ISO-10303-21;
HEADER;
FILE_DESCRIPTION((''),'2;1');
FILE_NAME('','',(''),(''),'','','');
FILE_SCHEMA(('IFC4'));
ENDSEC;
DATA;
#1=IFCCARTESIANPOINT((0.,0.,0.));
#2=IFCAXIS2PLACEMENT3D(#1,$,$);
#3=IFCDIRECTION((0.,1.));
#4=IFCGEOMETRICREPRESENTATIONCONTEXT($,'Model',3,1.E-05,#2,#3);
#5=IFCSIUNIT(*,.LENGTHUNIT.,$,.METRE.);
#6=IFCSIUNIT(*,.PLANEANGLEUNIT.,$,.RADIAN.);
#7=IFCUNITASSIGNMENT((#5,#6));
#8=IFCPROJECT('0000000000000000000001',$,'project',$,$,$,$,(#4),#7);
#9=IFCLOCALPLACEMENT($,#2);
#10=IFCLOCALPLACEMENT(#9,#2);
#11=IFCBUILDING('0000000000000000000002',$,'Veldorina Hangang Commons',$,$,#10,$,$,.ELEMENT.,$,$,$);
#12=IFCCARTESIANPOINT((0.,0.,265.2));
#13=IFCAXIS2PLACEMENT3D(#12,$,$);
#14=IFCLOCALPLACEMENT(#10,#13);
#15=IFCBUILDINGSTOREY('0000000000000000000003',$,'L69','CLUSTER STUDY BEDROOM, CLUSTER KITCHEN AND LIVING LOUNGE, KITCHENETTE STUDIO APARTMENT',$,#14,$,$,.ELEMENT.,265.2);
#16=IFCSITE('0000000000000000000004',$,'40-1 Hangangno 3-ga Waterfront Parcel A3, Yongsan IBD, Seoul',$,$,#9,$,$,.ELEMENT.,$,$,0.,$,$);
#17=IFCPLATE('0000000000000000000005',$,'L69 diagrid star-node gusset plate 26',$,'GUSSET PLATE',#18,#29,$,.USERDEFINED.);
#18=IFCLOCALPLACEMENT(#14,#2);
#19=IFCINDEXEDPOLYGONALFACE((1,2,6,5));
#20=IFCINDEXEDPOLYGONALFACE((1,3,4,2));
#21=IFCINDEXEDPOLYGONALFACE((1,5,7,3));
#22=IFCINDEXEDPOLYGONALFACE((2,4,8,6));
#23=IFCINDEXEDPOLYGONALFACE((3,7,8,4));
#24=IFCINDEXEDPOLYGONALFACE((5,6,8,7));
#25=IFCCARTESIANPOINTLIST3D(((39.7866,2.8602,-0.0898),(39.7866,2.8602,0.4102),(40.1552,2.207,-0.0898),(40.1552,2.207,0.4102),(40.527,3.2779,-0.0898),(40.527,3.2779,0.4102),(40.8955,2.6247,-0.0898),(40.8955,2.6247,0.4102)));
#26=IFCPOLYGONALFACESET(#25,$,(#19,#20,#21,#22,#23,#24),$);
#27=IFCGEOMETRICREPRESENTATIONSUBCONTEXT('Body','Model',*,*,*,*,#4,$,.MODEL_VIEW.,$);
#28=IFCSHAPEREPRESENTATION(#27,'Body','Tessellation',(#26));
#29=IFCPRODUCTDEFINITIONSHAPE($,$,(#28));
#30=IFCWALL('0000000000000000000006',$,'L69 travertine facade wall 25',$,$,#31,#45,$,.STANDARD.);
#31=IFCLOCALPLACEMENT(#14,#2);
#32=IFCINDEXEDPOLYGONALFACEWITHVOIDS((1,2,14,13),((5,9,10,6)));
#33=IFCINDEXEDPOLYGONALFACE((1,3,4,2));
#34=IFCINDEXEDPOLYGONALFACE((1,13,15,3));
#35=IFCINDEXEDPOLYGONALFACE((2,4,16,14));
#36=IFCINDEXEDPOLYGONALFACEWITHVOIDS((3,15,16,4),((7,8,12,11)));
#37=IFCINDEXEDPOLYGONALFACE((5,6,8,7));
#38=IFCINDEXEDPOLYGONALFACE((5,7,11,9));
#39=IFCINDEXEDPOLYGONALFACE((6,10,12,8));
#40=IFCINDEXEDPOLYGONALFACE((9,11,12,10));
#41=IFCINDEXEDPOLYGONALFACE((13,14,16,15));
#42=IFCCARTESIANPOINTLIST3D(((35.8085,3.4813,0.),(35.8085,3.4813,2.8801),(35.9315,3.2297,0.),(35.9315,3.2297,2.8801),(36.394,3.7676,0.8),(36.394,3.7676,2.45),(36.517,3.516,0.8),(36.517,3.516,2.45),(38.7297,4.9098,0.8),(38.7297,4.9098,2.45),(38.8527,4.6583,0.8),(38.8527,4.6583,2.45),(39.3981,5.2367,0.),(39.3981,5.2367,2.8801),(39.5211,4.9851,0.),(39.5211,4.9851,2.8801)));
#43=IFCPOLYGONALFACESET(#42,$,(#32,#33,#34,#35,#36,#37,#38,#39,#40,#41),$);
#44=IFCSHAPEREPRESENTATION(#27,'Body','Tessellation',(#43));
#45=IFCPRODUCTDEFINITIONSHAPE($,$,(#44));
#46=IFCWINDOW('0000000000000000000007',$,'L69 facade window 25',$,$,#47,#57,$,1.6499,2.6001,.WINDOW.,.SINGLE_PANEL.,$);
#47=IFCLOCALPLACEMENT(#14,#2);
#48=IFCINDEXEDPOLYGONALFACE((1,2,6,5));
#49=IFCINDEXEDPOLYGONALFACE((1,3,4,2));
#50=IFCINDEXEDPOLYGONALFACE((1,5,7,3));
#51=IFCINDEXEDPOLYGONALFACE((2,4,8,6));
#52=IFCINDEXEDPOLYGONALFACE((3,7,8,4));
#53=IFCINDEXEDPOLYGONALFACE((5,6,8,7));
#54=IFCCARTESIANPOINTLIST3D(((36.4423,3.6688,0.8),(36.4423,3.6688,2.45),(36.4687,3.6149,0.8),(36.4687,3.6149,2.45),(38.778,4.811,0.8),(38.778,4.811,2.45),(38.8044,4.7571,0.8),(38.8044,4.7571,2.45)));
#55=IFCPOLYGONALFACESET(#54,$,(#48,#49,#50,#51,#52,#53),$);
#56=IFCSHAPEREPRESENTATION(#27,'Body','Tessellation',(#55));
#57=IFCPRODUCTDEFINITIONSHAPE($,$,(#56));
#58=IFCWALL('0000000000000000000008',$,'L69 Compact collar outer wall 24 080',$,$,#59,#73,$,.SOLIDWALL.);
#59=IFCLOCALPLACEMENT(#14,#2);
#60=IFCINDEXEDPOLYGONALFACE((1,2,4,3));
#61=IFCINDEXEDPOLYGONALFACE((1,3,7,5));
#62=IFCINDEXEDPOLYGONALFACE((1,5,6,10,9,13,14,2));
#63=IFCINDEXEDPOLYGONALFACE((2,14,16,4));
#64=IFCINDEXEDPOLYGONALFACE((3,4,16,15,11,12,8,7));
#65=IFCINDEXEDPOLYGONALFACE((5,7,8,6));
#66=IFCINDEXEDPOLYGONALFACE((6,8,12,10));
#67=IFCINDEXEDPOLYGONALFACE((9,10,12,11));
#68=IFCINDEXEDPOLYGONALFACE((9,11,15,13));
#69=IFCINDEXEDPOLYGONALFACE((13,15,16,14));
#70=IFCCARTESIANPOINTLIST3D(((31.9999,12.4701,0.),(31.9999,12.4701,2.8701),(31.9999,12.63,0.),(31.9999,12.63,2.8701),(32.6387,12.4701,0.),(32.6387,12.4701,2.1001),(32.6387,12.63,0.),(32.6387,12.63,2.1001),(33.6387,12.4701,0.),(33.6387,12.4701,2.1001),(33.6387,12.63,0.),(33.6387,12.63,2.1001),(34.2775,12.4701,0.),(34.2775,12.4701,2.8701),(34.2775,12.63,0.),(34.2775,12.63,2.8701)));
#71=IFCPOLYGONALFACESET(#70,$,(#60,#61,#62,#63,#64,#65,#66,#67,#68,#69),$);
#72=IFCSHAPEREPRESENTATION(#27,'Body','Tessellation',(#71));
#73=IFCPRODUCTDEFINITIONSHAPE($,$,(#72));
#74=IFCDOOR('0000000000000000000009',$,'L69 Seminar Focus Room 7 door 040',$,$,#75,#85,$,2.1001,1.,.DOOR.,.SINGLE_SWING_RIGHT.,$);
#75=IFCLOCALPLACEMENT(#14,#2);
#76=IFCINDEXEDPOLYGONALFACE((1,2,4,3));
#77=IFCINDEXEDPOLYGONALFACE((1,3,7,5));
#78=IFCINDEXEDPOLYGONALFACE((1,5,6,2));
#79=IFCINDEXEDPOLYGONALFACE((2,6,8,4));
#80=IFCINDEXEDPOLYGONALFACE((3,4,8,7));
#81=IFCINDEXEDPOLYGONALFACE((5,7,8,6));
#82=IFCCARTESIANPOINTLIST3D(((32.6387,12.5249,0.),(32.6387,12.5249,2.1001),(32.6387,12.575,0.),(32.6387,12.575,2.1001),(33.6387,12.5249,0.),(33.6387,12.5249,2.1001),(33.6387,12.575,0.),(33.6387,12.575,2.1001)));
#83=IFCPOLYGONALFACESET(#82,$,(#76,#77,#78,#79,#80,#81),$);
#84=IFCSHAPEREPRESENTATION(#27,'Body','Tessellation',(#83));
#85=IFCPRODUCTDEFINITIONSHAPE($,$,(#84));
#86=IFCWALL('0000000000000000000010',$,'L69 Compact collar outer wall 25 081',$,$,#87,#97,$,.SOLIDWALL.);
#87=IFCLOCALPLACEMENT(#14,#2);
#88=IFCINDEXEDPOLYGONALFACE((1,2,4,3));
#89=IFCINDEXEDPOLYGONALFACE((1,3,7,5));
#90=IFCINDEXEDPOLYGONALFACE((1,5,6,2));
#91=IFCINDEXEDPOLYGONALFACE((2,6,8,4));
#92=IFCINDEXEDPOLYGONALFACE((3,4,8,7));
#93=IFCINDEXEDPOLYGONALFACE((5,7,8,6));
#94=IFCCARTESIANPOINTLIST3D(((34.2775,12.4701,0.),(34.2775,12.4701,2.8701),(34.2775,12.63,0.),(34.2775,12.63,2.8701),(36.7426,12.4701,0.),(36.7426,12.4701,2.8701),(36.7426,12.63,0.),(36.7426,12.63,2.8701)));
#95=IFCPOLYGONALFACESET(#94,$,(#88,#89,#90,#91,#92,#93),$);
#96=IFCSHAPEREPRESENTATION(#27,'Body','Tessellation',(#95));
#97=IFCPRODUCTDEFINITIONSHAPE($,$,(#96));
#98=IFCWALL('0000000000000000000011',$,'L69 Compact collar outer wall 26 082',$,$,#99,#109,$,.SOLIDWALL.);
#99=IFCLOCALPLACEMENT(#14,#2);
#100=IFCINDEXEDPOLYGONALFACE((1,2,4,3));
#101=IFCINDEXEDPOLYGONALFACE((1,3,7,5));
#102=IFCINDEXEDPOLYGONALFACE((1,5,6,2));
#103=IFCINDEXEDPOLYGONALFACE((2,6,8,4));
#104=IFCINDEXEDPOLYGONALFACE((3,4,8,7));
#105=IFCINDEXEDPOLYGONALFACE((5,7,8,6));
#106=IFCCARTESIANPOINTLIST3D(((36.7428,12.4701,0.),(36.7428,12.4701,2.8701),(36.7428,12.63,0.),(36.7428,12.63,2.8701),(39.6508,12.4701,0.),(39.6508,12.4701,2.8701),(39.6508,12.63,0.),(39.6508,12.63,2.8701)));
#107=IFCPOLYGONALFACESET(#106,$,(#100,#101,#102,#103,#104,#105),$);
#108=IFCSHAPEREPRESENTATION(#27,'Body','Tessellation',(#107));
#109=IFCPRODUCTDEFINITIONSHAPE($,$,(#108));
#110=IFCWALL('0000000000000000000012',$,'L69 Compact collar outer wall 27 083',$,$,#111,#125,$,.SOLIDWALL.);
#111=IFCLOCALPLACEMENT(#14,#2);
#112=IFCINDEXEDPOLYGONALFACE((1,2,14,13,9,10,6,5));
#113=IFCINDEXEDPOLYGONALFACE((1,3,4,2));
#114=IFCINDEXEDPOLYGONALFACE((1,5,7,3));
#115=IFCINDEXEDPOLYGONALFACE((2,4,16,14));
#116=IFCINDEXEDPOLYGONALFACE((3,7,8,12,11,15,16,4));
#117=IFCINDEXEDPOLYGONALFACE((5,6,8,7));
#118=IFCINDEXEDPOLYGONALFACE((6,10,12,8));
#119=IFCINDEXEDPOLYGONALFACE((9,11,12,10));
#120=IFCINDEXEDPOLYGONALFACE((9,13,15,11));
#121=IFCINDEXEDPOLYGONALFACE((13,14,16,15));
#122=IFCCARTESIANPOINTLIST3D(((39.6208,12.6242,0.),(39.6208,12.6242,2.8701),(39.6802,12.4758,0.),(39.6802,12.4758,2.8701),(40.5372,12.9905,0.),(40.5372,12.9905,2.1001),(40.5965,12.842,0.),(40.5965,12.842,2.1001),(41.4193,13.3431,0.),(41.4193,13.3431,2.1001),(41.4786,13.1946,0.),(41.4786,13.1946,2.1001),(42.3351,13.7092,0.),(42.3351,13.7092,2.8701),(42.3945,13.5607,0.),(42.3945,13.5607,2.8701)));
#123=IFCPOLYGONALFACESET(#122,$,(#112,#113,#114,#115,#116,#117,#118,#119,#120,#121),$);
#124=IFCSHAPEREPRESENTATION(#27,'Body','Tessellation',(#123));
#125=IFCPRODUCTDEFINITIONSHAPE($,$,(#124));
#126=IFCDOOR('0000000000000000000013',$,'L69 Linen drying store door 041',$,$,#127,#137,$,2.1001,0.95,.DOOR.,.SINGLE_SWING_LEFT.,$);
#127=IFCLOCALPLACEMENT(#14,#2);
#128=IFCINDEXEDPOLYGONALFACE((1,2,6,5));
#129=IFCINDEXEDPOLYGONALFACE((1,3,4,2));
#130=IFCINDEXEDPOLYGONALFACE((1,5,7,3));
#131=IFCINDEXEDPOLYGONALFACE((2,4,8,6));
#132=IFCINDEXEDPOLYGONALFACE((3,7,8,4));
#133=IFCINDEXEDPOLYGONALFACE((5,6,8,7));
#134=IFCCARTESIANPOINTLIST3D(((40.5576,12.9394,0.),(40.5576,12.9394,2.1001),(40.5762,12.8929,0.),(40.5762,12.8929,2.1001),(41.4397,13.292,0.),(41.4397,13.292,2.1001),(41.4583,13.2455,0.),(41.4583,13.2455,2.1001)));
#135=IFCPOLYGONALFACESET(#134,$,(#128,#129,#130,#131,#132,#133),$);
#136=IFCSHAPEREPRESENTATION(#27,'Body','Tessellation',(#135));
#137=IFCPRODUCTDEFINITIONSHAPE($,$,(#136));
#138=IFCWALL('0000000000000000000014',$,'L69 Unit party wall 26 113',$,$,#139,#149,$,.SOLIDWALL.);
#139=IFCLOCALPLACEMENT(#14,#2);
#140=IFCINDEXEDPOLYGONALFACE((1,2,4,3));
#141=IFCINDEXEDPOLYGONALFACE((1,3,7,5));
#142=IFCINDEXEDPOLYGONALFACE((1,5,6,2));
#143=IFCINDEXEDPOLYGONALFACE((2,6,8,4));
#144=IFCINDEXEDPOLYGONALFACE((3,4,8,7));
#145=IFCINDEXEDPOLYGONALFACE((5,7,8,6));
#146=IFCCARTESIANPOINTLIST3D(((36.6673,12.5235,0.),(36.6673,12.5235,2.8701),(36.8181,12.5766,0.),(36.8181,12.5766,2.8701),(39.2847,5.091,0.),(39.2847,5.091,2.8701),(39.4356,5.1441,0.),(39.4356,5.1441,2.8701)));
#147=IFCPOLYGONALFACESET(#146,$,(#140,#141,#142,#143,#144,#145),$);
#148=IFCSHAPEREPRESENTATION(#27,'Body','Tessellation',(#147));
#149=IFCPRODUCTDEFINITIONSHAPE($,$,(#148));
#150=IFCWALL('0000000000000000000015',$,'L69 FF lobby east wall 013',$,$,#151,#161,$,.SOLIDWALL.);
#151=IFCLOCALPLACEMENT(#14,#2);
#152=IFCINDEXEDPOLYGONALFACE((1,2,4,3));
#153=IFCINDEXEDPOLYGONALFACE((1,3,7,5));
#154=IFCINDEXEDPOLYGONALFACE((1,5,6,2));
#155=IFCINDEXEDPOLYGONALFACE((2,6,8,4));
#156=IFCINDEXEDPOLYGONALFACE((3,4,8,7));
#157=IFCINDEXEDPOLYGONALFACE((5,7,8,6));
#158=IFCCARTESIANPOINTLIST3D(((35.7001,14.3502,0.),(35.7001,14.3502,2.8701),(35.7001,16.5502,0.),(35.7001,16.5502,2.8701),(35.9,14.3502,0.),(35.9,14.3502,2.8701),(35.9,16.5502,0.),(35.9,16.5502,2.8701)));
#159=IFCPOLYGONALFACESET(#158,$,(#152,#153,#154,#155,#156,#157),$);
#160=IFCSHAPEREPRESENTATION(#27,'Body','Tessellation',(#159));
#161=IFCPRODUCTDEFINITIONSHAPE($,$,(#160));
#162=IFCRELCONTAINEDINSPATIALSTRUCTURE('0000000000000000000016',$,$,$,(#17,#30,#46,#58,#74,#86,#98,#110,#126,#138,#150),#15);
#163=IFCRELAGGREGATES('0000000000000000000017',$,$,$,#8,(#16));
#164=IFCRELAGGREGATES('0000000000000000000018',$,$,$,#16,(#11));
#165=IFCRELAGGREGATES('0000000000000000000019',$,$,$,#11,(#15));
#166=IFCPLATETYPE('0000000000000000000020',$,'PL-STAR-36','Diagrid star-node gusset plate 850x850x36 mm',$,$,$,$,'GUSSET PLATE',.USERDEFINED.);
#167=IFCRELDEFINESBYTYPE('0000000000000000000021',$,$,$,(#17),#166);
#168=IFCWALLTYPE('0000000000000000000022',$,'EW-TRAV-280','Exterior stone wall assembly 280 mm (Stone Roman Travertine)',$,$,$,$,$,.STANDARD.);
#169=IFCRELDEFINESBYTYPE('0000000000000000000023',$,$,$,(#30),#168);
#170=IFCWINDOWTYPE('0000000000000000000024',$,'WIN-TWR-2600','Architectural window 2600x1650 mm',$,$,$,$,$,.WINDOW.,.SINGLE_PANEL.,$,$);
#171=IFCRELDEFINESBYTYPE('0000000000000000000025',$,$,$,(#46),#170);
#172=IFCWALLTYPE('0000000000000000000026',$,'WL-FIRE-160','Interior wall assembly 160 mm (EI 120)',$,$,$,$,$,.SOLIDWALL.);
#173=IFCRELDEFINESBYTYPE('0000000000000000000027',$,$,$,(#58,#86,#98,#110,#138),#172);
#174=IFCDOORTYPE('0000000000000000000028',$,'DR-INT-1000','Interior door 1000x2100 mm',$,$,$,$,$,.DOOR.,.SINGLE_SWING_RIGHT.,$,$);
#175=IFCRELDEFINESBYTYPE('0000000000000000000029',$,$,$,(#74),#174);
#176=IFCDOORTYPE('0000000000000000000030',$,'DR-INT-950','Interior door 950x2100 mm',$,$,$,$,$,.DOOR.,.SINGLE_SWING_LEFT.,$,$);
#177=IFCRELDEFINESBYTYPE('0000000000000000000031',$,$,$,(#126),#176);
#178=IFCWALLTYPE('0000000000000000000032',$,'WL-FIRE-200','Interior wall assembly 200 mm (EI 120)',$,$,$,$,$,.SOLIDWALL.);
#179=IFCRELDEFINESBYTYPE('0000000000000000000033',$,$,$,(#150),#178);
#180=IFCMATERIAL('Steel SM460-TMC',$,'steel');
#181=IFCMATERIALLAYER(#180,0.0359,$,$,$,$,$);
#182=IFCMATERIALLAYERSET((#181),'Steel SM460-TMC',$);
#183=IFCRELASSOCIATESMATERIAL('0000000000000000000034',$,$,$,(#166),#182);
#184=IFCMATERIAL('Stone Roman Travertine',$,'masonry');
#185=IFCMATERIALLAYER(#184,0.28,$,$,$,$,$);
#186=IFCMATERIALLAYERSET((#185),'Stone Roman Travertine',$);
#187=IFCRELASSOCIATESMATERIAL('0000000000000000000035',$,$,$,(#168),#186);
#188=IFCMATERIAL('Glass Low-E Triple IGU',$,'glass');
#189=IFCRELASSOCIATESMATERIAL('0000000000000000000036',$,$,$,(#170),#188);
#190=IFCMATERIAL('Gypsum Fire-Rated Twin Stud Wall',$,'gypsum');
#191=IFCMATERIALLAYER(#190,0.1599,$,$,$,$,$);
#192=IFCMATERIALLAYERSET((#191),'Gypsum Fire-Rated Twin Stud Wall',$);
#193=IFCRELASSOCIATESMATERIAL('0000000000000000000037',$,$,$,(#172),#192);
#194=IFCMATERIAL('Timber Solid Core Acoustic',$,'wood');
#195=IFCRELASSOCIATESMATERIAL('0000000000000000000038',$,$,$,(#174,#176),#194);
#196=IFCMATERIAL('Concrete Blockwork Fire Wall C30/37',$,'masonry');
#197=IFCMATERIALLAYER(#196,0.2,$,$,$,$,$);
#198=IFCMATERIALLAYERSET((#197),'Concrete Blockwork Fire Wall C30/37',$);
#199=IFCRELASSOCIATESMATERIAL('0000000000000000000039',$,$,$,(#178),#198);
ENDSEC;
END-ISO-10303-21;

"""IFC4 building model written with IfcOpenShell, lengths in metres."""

from ifc_helpers import new_model, si_unit, direction, frame, frame_2d, origin, origin_2d, place, context, subcontext, project, spatial, rectangle, extrude, material, layer, layer_set, type_object, element, fill, save


model = new_model("IFC4")

# Units and contexts
model_context = context("Model", 3, precision=1e-05, world=origin(), true_north=direction((0.0, 1.0)))
body_context = subcontext(model_context, "Body", "Model", "MODEL_VIEW")
ifc_project = project(units=[si_unit("LENGTHUNIT", "METRE"), si_unit("PLANEANGLEUNIT", "RADIAN")], contexts=[model_context])

# Site, building, storey
site_placement = place(None, origin())
site = spatial("IfcSite", under=ifc_project, at=site_placement, Name="40-1 Hangangno 3-ga Waterfront Parcel A3, Yongsan IBD, Seoul", CompositionType="ELEMENT", RefElevation=0.0)
building_placement = place(site_placement, origin())
building = spatial("IfcBuilding", under=site, at=building_placement, Name="Veldorina Hangang Commons", CompositionType="ELEMENT")
storey_placement = place(building_placement, frame((0.0, 0.0, 265.2)))
storey = spatial("IfcBuildingStorey", under=building, at=storey_placement, Name="L69", Description="CLUSTER STUDY BEDROOM, CLUSTER KITCHEN AND LIVING LOUNGE, KITCHENETTE STUDIO APARTMENT", CompositionType="ELEMENT", Elevation=265.2)

# Shared definitions
ifc_material_1 = material(Name="Glass Low-E Triple IGU", Category="glass")

# Plate
ifc_material_2 = material(Name="Steel SM460-TMC", Category="steel")
ifc_layer_1 = layer(ifc_material_2, 0.0359)
ifc_layer_set_1 = layer_set([ifc_layer_1], Name="Steel SM460-TMC")
plate_type_1 = type_object("IfcPlateType", Name="PL-STAR-36", Description="Diagrid star-node gusset plate 850x850x36 mm", ElementType="GUSSET PLATE", PredefinedType="USERDEFINED", material=ifc_layer_set_1)
plate_1_placement = place(storey_placement, frame((40.3411, 2.7424, -0.0898), z_axis=(0.0, 0.0, 1.0), x_axis=(0.870931, 0.491405, 0.0)))
element("IfcPlate", 1, at=plate_1_placement, inside=storey, type_object=plate_type_1, Name="L69 diagrid star-node gusset plate 26", ObjectType="GUSSET PLATE", PredefinedType="USERDEFINED", context=body_context, shape_type="SweptSolid", body=[
    extrude(rectangle(XDim=0.8501, YDim=0.75, at=origin_2d()), origin(), (0.0, 0.0, 1.0), 0.5),
])

# Wall, opening, window
ifc_material_3 = material(Name="Stone Roman Travertine", Category="masonry")
ifc_layer_2 = layer(ifc_material_3, 0.28)
ifc_layer_set_2 = layer_set([ifc_layer_2], Name="Stone Roman Travertine")
wall_type_1 = type_object("IfcWallType", Name="EW-TRAV-280", Description="Exterior stone wall assembly 280 mm (Stone Roman Travertine)", PredefinedType="STANDARD", material=ifc_layer_set_2)
wall_1_placement = place(storey_placement, frame((35.8699, 3.3555, 0.0), z_axis=(0.0, 0.0, 1.0), x_axis=(0.898339, 0.439302, 0.0)))
wall_1 = element("IfcWall", 2, at=wall_1_placement, inside=storey, type_object=wall_type_1, Name="L69 travertine facade wall 25", PredefinedType="STANDARD", context=body_context, shape_type="SweptSolid", body=[
    extrude(rectangle(XDim=3.9958, YDim=0.28, at=frame_2d((1.998, 0.0))), origin(), (0.0, 0.0, 1.0), 2.8801),
])
opening_1_placement = place(wall_1_placement, frame((0.6519, 0.0, 0.8)))
opening_1 = element("IfcOpeningElement", 3, at=opening_1_placement, cuts=wall_1, PredefinedType="OPENING", context=body_context, shape_type="SweptSolid", body=[
    extrude(rectangle(XDim=2.6001, YDim=1.6499, at=frame_2d((1.3, 0.825))), frame((0.0, 0.1499, 0.0), z_axis=(0.0, -1.0, 0.0), x_axis=(1.0, 0.0, 0.0)), (0.0, 0.0, 1.0), 0.3),
])
window_type = type_object("IfcWindowType", Name="WIN-TWR-2600", Description="Architectural window 2600x1650 mm", PartitioningType="SINGLE_PANEL", PredefinedType="WINDOW", material=ifc_material_1)
window_placement = place(opening_1_placement, origin())
window = element("IfcWindow", 4, at=window_placement, inside=storey, type_object=window_type, Name="L69 facade window 25", OverallHeight=1.6499, OverallWidth=2.6001, PartitioningType="SINGLE_PANEL", PredefinedType="WINDOW", context=body_context, shape_type="SweptSolid", body=[
    extrude(rectangle(XDim=2.6001, YDim=1.6499, at=frame_2d((1.3, 0.825))), frame((0.0, 0.03, 0.0), z_axis=(0.0, -1.0, 0.0), x_axis=(1.0, 0.0, 0.0)), (0.0, 0.0, 1.0), 0.0601),
])
fill(opening_1, window)

# Wall, opening, door
ifc_material_4 = material(Name="Gypsum Fire-Rated Twin Stud Wall", Category="gypsum")
ifc_layer_3 = layer(ifc_material_4, 0.1599)
ifc_layer_set_3 = layer_set([ifc_layer_3], Name="Gypsum Fire-Rated Twin Stud Wall")
wall_type_2 = type_object("IfcWallType", Name="WL-FIRE-160", Description="Interior wall assembly 160 mm (EI 120)", PredefinedType="SOLIDWALL", material=ifc_layer_set_3)
wall_2_placement = place(storey_placement, frame((32.0, 12.55, 0.0), z_axis=(0.0, 0.0, 1.0), x_axis=(1.0, 0.0, 0.0)))
wall_2 = element("IfcWall", 5, at=wall_2_placement, inside=storey, type_object=wall_type_2, Name="L69 Compact collar outer wall 24 080", PredefinedType="SOLIDWALL", context=body_context, shape_type="SweptSolid", body=[
    extrude(rectangle(XDim=2.2776, YDim=0.1599, at=frame_2d((1.1387, 0.0))), origin(), (0.0, 0.0, 1.0), 2.8701),
])
opening_2_placement = place(wall_2_placement, frame((0.6387, 0.0, 0.0)))
opening_2 = element("IfcOpeningElement", 6, at=opening_2_placement, cuts=wall_2, PredefinedType="OPENING", context=body_context, shape_type="SweptSolid", body=[
    extrude(rectangle(XDim=1.0, YDim=2.1001, at=frame_2d((0.5, 1.05))), frame((0.0, 0.0898, 0.0), z_axis=(0.0, -1.0, 0.0), x_axis=(1.0, 0.0, 0.0)), (0.0, 0.0, 1.0), 0.1799),
])
ifc_material_5 = material(Name="Timber Solid Core Acoustic", Category="wood")
door_type_1 = type_object("IfcDoorType", Name="DR-INT-1000", Description="Interior door 1000x2100 mm", OperationType="SINGLE_SWING_RIGHT", PredefinedType="DOOR", material=ifc_material_5)
door_1_placement = place(opening_2_placement, origin())
door_1 = element("IfcDoor", 7, at=door_1_placement, inside=storey, type_object=door_type_1, Name="L69 Seminar Focus Room 7 door 040", OperationType="SINGLE_SWING_RIGHT", OverallHeight=2.1001, OverallWidth=1.0, PredefinedType="DOOR", context=body_context, shape_type="SweptSolid", body=[
    extrude(rectangle(XDim=1.0, YDim=2.1001, at=frame_2d((0.5, 1.05))), frame((0.0, 0.0249, 0.0), z_axis=(0.0, -1.0, 0.0), x_axis=(1.0, 0.0, 0.0)), (0.0, 0.0, 1.0), 0.05),
])
fill(opening_2, door_1)

# Walls
wall_3_placement = place(storey_placement, frame((34.2776, 12.55, 0.0), z_axis=(0.0, 0.0, 1.0), x_axis=(1.0, 0.0, 0.0)))
element("IfcWall", 8, at=wall_3_placement, inside=storey, type_object=wall_type_2, Name="L69 Compact collar outer wall 25 081", PredefinedType="SOLIDWALL", context=body_context, shape_type="SweptSolid", body=[
    extrude(rectangle(XDim=2.4651, YDim=0.1599, at=frame_2d((1.2324, 0.0))), origin(), (0.0, 0.0, 1.0), 2.8701),
])
wall_4_placement = place(storey_placement, frame((36.7427, 12.55, 0.0), z_axis=(0.0, 0.0, 1.0), x_axis=(1.0, 0.0, 0.0)))
element("IfcWall", 9, at=wall_4_placement, inside=storey, type_object=wall_type_2, Name="L69 Compact collar outer wall 26 082", PredefinedType="SOLIDWALL", context=body_context, shape_type="SweptSolid", body=[
    extrude(rectangle(XDim=2.908, YDim=0.1599, at=frame_2d((1.4541, 0.0))), origin(), (0.0, 0.0, 1.0), 2.8701),
])

# Wall, opening, door
wall_5_placement = place(storey_placement, frame((39.6506, 12.55, 0.0), z_axis=(0.0, 0.0, 1.0), x_axis=(0.928569, 0.37116, 0.0)))
wall_5 = element("IfcWall", 10, at=wall_5_placement, inside=storey, type_object=wall_type_2, Name="L69 Compact collar outer wall 27 083", PredefinedType="SOLIDWALL", context=body_context, shape_type="SweptSolid", body=[
    extrude(rectangle(XDim=2.9231, YDim=0.1599, at=frame_2d((1.4614, 0.0))), origin(), (0.0, 0.0, 1.0), 2.8701),
])
opening_3_placement = place(wall_5_placement, frame((0.9866, 0.0, 0.0)))
opening_3 = element("IfcOpeningElement", 11, at=opening_3_placement, cuts=wall_5, PredefinedType="OPENING", context=body_context, shape_type="SweptSolid", body=[
    extrude(rectangle(XDim=0.95, YDim=2.1001, at=frame_2d((0.4751, 1.05))), frame((0.0, 0.0898, 0.0), z_axis=(0.0, -1.0, 0.0), x_axis=(1.0, 0.0, 0.0)), (0.0, 0.0, 1.0), 0.1799),
])
door_type_2 = type_object("IfcDoorType", Name="DR-INT-950", Description="Interior door 950x2100 mm", OperationType="SINGLE_SWING_LEFT", PredefinedType="DOOR", material=ifc_material_5)
door_2_placement = place(opening_3_placement, origin())
door_2 = element("IfcDoor", 12, at=door_2_placement, inside=storey, type_object=door_type_2, Name="L69 Linen drying store door 041", OperationType="SINGLE_SWING_LEFT", OverallHeight=2.1001, OverallWidth=0.95, PredefinedType="DOOR", context=body_context, shape_type="SweptSolid", body=[
    extrude(rectangle(XDim=0.95, YDim=2.1001, at=frame_2d((0.4751, 1.05))), frame((0.0, 0.0249, 0.0), z_axis=(0.0, -1.0, 0.0), x_axis=(1.0, 0.0, 0.0)), (0.0, 0.0, 1.0), 0.05),
])
fill(opening_3, door_2)

# Walls
wall_6_placement = place(storey_placement, frame((36.7427, 12.55, 0.0), z_axis=(0.0, 0.0, 1.0), x_axis=(0.33217, -0.943219, 0.0)))
element("IfcWall", 13, at=wall_6_placement, inside=storey, type_object=wall_type_2, Name="L69 Unit party wall 26 113", PredefinedType="SOLIDWALL", context=body_context, shape_type="SweptSolid", body=[
    extrude(rectangle(XDim=7.8799, YDim=0.1599, at=frame_2d((3.9399, 0.0))), origin(), (0.0, 0.0, 1.0), 2.8701),
])
ifc_material_6 = material(Name="Concrete Blockwork Fire Wall C30/37", Category="masonry")
ifc_layer_4 = layer(ifc_material_6, 0.2)
ifc_layer_set_4 = layer_set([ifc_layer_4], Name="Concrete Blockwork Fire Wall C30/37")
wall_type_3 = type_object("IfcWallType", Name="WL-FIRE-200", Description="Interior wall assembly 200 mm (EI 120)", PredefinedType="SOLIDWALL", material=ifc_layer_set_4)
wall_7_placement = place(storey_placement, frame((35.8, 14.3501, 0.0), z_axis=(0.0, 0.0, 1.0), x_axis=(0.0, 1.0, 0.0)))
element("IfcWall", 14, at=wall_7_placement, inside=storey, type_object=wall_type_3, Name="L69 FF lobby east wall 013", PredefinedType="SOLIDWALL", context=body_context, shape_type="SweptSolid", body=[
    extrude(rectangle(XDim=2.2, YDim=0.2, at=frame_2d((1.1001, 0.0))), origin(), (0.0, 0.0, 1.0), 2.8701),
])

save(model, "model.ifc")
